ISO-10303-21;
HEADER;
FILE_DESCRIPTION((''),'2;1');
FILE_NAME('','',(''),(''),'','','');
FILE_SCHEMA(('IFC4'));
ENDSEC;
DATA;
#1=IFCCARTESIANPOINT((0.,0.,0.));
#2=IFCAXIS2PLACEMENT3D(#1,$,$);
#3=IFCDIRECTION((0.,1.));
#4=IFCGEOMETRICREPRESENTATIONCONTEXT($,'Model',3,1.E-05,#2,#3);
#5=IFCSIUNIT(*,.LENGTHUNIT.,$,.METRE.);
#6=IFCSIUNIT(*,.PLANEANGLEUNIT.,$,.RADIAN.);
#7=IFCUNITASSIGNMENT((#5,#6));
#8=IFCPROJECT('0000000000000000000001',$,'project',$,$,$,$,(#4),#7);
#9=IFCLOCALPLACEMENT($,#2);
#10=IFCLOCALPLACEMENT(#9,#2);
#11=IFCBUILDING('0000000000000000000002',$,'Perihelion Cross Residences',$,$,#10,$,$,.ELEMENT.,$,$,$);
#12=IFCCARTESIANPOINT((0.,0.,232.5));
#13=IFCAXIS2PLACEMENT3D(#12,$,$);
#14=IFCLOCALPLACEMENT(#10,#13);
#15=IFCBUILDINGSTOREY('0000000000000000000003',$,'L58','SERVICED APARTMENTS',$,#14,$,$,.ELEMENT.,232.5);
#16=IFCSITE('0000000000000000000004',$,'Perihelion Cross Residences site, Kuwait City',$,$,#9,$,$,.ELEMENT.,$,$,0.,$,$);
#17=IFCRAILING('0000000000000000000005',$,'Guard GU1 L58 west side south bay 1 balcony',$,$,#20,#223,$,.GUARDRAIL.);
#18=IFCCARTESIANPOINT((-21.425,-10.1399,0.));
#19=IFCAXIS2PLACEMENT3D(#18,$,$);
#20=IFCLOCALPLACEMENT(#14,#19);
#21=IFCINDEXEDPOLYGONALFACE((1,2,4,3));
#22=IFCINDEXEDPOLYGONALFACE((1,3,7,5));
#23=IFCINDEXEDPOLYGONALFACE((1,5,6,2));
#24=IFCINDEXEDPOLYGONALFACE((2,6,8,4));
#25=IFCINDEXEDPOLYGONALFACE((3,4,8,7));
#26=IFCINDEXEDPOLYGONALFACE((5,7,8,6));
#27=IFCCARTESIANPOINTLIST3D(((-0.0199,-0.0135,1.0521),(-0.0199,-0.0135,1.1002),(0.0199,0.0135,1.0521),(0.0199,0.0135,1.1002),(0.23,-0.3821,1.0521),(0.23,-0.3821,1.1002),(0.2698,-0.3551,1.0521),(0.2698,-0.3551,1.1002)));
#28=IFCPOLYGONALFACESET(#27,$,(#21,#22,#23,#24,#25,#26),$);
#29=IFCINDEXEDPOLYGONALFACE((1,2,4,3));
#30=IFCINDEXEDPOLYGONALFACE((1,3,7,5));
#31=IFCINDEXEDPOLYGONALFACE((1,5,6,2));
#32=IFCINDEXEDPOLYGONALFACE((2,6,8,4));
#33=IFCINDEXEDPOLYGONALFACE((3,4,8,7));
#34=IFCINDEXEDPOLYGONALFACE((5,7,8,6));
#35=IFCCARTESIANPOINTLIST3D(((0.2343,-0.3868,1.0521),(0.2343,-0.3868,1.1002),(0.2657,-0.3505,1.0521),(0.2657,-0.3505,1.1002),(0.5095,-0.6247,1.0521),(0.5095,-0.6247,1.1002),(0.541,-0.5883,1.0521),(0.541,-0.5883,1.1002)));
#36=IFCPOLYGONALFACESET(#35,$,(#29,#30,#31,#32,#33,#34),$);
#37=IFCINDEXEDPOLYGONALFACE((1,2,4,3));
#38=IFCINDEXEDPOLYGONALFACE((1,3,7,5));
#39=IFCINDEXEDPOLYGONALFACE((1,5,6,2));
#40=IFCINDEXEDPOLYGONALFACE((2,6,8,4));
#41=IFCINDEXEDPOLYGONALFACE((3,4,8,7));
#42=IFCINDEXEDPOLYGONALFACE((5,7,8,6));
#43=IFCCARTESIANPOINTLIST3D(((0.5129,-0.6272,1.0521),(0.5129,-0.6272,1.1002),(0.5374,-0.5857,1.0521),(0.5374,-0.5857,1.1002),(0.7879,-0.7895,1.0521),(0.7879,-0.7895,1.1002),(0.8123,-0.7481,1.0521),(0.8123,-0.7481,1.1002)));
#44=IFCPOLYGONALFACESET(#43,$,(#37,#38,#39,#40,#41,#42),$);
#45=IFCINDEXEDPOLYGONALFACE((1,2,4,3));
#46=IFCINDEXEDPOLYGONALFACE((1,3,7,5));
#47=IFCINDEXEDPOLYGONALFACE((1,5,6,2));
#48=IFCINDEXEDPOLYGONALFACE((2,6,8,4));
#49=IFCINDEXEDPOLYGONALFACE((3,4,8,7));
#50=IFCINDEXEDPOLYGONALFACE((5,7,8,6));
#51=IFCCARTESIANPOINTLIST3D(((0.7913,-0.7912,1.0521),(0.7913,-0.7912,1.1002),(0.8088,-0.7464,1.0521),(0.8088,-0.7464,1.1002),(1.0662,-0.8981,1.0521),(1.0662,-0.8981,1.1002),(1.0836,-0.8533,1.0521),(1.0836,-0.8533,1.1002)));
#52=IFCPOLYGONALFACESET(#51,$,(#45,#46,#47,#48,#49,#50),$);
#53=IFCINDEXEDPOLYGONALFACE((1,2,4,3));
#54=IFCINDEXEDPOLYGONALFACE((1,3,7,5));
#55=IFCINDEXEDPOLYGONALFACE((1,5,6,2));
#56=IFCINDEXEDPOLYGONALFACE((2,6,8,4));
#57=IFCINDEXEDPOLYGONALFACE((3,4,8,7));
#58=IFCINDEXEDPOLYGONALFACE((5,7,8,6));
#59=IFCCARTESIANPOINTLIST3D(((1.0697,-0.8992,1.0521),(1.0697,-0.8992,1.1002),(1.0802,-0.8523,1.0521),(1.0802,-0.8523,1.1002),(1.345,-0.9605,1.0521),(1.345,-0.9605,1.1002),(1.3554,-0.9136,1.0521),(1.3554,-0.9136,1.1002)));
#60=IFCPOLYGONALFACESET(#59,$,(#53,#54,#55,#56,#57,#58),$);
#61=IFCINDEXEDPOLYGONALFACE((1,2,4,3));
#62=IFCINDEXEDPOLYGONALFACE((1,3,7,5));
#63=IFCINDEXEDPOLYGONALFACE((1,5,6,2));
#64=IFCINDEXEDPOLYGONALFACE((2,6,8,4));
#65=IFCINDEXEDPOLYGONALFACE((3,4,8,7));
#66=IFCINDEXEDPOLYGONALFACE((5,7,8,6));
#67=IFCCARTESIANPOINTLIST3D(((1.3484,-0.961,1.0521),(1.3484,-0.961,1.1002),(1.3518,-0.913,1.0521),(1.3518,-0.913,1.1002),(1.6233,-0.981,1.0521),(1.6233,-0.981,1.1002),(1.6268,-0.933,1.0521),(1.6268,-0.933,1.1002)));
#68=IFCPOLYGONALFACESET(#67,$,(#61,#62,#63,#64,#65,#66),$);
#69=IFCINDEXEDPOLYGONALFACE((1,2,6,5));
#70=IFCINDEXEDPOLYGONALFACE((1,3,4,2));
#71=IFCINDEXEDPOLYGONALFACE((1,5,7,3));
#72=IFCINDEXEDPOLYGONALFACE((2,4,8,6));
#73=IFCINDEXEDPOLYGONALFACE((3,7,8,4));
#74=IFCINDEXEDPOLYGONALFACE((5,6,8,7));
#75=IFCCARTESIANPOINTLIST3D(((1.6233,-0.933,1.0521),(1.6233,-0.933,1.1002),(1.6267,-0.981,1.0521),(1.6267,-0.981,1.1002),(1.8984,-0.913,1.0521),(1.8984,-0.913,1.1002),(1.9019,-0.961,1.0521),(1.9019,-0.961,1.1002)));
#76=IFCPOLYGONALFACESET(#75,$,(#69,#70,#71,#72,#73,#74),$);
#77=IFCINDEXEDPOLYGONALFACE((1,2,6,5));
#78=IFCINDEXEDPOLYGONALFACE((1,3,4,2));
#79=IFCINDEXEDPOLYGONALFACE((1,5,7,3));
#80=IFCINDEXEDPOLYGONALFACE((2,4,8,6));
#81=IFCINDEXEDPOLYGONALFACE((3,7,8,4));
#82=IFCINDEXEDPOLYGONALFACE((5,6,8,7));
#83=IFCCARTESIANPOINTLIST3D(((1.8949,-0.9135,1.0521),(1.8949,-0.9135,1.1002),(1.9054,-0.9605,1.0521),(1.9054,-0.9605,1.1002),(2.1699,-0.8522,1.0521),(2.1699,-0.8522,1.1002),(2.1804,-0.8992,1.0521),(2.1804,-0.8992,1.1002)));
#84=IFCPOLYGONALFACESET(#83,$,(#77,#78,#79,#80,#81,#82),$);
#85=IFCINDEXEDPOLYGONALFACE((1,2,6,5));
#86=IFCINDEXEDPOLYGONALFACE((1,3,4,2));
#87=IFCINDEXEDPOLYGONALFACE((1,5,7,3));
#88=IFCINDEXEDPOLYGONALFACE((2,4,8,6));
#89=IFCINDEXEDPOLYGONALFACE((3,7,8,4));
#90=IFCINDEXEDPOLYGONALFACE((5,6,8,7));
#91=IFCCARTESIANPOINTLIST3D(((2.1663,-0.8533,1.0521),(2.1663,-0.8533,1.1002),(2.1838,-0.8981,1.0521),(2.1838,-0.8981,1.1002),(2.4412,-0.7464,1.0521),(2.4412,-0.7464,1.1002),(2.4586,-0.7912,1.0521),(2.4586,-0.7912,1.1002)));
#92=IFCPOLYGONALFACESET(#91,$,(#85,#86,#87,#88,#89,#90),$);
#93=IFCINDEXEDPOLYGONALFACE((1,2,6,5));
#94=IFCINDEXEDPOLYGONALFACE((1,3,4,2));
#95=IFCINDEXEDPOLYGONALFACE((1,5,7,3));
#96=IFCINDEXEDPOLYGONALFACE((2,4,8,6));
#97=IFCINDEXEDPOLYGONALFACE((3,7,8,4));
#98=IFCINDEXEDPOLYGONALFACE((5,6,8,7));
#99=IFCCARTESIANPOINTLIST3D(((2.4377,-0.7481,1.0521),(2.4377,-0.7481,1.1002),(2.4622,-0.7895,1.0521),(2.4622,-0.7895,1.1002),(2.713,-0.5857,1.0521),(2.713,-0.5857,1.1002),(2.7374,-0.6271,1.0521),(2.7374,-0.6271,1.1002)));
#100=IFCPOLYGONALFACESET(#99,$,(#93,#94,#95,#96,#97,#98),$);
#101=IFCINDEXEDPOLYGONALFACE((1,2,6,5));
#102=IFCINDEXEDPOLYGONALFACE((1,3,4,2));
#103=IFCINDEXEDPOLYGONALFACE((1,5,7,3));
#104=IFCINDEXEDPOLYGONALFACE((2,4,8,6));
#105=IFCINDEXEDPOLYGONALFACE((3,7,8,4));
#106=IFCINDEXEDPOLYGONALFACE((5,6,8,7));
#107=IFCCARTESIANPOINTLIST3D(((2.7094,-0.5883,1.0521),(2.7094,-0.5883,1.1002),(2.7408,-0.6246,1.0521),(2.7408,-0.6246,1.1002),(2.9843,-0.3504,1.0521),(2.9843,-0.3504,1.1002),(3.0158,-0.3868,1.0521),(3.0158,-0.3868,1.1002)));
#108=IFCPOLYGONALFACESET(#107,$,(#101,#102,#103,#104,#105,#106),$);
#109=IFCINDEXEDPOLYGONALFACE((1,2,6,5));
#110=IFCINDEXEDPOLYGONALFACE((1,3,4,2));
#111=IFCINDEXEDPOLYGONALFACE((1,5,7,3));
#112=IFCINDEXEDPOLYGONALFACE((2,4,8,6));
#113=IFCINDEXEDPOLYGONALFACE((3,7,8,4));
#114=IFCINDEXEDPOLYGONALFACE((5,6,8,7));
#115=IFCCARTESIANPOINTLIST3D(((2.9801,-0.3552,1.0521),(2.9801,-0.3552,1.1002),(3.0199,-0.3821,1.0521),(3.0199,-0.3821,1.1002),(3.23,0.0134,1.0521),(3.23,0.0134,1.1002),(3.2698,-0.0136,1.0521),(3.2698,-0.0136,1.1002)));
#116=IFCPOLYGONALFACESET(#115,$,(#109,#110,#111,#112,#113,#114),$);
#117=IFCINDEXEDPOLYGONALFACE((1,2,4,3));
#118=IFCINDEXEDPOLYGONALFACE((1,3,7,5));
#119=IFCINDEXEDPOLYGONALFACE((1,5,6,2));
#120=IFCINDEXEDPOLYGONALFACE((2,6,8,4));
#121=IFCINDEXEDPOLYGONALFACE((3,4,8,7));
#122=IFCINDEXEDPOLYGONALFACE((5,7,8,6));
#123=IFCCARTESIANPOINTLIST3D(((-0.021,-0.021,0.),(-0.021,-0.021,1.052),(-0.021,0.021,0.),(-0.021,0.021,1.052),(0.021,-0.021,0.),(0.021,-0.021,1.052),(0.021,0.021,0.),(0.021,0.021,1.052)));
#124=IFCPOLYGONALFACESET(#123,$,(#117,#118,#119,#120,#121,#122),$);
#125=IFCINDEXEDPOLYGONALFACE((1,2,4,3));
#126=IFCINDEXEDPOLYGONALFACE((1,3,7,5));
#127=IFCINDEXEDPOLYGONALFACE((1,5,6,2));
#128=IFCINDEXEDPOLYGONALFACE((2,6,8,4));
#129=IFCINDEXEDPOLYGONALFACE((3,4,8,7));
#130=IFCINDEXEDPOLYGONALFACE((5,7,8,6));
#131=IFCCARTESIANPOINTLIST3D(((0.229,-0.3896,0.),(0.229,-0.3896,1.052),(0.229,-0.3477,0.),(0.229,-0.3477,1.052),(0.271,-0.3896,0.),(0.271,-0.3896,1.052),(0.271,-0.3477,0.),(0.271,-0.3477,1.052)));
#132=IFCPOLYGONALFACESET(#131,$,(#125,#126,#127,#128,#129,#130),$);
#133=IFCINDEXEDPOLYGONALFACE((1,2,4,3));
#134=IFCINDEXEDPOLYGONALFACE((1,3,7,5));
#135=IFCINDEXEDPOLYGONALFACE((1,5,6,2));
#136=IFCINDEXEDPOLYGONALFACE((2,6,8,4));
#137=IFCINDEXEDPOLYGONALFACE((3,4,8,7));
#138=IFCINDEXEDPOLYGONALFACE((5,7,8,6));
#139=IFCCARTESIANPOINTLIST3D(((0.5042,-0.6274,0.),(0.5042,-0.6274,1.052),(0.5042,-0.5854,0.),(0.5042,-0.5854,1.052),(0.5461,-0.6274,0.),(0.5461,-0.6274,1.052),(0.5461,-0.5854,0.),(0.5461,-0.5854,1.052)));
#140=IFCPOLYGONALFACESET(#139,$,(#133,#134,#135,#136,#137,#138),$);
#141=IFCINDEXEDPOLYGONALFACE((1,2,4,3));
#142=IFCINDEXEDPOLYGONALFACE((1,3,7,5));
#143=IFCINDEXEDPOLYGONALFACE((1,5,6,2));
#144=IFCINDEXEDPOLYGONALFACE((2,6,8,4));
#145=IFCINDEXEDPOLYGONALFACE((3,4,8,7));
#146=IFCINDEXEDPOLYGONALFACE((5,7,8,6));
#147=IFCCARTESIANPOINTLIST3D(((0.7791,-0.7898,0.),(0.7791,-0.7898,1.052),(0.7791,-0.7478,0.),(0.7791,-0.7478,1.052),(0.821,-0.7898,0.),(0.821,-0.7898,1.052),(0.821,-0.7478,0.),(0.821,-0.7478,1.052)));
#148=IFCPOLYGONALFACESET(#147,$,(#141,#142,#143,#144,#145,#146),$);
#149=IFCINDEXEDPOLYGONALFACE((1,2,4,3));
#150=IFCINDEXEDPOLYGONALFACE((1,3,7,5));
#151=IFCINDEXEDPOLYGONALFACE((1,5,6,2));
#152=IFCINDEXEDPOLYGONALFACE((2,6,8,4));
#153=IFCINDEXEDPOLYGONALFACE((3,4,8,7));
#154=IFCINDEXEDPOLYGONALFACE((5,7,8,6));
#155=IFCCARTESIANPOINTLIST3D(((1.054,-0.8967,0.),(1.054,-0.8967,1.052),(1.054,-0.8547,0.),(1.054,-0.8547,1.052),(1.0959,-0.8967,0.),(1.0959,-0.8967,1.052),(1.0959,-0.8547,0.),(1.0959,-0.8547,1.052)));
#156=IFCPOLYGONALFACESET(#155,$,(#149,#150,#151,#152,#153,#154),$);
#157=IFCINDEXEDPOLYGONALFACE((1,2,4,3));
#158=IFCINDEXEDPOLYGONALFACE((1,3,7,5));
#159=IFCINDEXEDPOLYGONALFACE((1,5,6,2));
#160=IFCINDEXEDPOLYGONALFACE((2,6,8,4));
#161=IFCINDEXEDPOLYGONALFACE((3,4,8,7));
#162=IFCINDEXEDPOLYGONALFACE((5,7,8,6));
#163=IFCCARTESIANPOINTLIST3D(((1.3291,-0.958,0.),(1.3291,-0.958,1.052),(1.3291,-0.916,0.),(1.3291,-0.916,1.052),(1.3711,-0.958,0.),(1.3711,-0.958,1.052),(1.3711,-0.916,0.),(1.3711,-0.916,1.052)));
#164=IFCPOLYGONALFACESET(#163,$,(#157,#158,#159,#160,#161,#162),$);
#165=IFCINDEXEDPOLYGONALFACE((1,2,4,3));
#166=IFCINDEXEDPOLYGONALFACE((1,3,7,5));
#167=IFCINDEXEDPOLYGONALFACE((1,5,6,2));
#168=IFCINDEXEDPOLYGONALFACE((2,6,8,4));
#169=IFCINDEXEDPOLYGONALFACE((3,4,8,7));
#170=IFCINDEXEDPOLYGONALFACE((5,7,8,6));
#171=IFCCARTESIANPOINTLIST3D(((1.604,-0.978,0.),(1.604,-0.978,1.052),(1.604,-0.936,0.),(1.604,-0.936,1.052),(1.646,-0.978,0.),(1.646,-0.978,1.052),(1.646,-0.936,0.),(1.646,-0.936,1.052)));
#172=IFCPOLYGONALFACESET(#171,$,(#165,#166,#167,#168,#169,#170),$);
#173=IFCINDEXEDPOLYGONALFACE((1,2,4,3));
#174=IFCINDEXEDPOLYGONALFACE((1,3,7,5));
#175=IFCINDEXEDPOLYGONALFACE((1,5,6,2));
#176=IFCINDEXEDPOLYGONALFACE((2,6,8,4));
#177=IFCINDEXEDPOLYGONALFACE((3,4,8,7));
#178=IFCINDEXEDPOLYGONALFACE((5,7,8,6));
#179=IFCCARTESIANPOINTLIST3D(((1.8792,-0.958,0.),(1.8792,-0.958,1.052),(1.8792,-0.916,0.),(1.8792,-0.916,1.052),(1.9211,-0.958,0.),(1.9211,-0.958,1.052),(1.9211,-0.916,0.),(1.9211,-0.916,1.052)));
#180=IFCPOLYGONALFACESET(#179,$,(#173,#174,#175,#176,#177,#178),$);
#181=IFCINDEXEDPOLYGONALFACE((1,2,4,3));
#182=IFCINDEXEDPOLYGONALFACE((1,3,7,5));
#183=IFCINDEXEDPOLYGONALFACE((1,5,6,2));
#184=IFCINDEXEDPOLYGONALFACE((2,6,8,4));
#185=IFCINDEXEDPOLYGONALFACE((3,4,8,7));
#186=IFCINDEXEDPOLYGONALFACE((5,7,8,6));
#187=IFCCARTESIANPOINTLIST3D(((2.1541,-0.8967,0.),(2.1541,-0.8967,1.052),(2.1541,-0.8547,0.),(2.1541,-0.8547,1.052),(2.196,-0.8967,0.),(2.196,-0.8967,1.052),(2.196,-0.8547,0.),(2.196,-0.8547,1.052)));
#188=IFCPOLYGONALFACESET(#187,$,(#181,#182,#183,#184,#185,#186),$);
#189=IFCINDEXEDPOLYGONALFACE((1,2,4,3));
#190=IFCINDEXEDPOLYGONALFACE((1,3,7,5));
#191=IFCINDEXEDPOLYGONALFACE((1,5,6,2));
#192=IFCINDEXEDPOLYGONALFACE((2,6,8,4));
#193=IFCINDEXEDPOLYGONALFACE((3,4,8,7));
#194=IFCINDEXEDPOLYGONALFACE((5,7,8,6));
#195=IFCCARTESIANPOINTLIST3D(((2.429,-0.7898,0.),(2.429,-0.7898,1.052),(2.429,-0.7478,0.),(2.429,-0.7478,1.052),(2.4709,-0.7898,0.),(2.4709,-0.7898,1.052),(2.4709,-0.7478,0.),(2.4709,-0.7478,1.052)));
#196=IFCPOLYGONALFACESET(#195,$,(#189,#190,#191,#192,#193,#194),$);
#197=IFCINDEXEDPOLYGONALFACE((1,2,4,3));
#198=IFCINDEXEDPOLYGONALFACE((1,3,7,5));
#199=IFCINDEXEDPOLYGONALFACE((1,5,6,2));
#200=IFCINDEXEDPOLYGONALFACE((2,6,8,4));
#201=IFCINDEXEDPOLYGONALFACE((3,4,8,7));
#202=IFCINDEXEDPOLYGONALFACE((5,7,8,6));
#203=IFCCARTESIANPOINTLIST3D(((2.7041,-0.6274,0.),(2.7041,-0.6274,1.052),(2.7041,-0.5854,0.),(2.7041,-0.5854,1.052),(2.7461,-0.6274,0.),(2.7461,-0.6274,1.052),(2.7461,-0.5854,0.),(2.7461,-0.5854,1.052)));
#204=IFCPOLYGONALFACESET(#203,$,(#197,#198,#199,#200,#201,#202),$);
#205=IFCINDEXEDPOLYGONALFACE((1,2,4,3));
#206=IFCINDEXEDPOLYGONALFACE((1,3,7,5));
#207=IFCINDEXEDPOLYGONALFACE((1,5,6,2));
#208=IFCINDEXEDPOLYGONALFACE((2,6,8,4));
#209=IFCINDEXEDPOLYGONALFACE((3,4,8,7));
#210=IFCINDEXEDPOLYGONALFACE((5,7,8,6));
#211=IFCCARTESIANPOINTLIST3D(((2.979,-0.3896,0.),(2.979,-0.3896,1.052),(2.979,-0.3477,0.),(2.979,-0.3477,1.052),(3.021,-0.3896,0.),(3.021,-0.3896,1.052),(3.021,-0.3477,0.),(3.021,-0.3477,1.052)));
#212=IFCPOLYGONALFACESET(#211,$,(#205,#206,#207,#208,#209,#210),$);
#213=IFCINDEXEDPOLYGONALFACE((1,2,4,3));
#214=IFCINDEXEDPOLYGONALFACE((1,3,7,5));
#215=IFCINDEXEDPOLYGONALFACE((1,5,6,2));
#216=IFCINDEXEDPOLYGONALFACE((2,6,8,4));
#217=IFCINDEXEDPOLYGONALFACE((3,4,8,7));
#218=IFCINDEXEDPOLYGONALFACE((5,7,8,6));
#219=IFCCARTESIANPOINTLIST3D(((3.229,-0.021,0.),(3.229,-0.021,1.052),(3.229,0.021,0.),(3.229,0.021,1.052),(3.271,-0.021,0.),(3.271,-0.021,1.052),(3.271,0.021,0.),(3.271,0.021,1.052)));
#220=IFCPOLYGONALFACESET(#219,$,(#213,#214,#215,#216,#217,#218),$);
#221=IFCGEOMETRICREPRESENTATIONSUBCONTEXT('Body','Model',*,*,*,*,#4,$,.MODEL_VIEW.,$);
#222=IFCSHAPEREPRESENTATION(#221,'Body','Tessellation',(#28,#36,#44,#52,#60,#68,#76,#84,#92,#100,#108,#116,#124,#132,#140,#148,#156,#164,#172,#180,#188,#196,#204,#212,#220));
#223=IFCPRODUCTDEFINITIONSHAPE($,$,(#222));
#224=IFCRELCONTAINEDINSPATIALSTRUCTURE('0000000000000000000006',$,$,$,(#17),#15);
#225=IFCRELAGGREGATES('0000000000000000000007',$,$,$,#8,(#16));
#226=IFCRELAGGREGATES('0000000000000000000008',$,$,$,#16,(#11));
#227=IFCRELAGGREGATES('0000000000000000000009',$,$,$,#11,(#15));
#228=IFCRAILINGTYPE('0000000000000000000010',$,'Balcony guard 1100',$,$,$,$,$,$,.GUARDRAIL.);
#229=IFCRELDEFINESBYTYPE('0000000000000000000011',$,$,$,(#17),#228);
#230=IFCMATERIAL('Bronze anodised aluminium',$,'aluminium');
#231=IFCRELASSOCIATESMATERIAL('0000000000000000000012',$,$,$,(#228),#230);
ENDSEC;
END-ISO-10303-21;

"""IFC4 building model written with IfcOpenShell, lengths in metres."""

from ifc_helpers import new_model, si_unit, direction, frame, origin, origin_2d, place, context, subcontext, project, spatial, rectangle, extrude, material, type_object, element, save


model = new_model("IFC4")

# Units and contexts
model_context = context("Model", 3, precision=1e-05, world=origin(), true_north=direction((0.0, 1.0)))
body_context = subcontext(model_context, "Body", "Model", "MODEL_VIEW")
ifc_project = project(units=[si_unit("LENGTHUNIT", "METRE"), si_unit("PLANEANGLEUNIT", "RADIAN")], contexts=[model_context])

# Site, building, storey
site_placement = place(None, origin())
site = spatial("IfcSite", under=ifc_project, at=site_placement, Name="Perihelion Cross Residences site, Kuwait City", CompositionType="ELEMENT", RefElevation=0.0)
building_placement = place(site_placement, origin())
building = spatial("IfcBuilding", under=site, at=building_placement, Name="Perihelion Cross Residences", CompositionType="ELEMENT")
storey_placement = place(building_placement, frame((0.0, 0.0, 232.5)))
storey = spatial("IfcBuildingStorey", under=building, at=storey_placement, Name="L58", Description="SERVICED APARTMENTS", CompositionType="ELEMENT", Elevation=232.5)

# Railing
ifc_material_1 = material(Name="Bronze anodised aluminium", Category="aluminium")
railing_type_1 = type_object("IfcRailingType", Name="Balcony guard 1100", PredefinedType="GUARDRAIL", material=ifc_material_1)
railing_1_placement = place(storey_placement, frame((-21.425, -10.1399, 0.0)))
element("IfcRailing", 1, at=railing_1_placement, inside=storey, type_object=railing_type_1, Name="Guard GU1 L58 west side south bay 1 balcony", PredefinedType="GUARDRAIL", context=body_context, shape_type="SweptSolid", body=[
    extrude(rectangle(XDim=0.0481, YDim=0.0481, at=origin_2d()), frame((0.0, 0.0, 1.0762), z_axis=(0.56126, -0.827639, 0.0), x_axis=(0.827639, 0.56126, 0.0)), (0.0, 0.0, 1.0), 0.4453),
    extrude(rectangle(XDim=0.0481, YDim=0.0481, at=origin_2d()), frame((0.25, -0.3687, 1.0762), z_axis=(0.756597, -0.653882, 0.0), x_axis=(0.653882, 0.756597, 0.0)), (0.0, 0.0, 1.0), 0.3638),
    extrude(rectangle(XDim=0.0481, YDim=0.0481, at=origin_2d()), frame((0.5251, -0.6064, 1.0762), z_axis=(0.861048, -0.508523, 0.0), x_axis=(0.508523, 0.861048, 0.0)), (0.0, 0.0, 1.0), 0.3193),
    extrude(rectangle(XDim=0.0481, YDim=0.0481, at=origin_2d()), frame((0.8, -0.7688, 1.0762), z_axis=(0.931974, -0.362526, 0.0), x_axis=(0.362526, 0.931974, 0.0)), (0.0, 0.0, 1.0), 0.2949),
    extrude(rectangle(XDim=0.0481, YDim=0.0481, at=origin_2d()), frame((1.075, -0.8757, 1.0762), z_axis=(0.976085, -0.217389, 0.0), x_axis=(0.217389, 0.976085, 0.0)), (0.0, 0.0, 1.0), 0.282),
    extrude(rectangle(XDim=0.0481, YDim=0.0481, at=origin_2d()), frame((1.3501, -0.937, 1.0762), z_axis=(0.997359, -0.072632, 0.0), x_axis=(0.072632, 0.997359, 0.0)), (0.0, 0.0, 1.0), 0.2756),
    extrude(rectangle(XDim=0.0481, YDim=0.0481, at=origin_2d()), frame((1.625, -0.957, 1.0762), z_axis=(0.997363, 0.072568, 0.0), x_axis=(-0.072568, 0.997363, 0.0)), (0.0, 0.0, 1.0), 0.2759),
    extrude(rectangle(XDim=0.0481, YDim=0.0481, at=origin_2d()), frame((1.9001, -0.937, 1.0762), z_axis=(0.976044, 0.217573, 0.0), x_axis=(-0.217573, 0.976044, 0.0)), (0.0, 0.0, 1.0), 0.2817),
    extrude(rectangle(XDim=0.0481, YDim=0.0481, at=origin_2d()), frame((2.175, -0.8757, 1.0762), z_axis=(0.931974, 0.362526, 0.0), x_axis=(-0.362526, 0.931974, 0.0)), (0.0, 0.0, 1.0), 0.2949),
    extrude(rectangle(XDim=0.0481, YDim=0.0481, at=origin_2d()), frame((2.45, -0.7688, 1.0762), z_axis=(0.861246, 0.508189, 0.0), x_axis=(-0.508189, 0.861246, 0.0)), (0.0, 0.0, 1.0), 0.3196),
    extrude(rectangle(XDim=0.0481, YDim=0.0481, at=origin_2d()), frame((2.7251, -0.6064, 1.0762), z_axis=(0.756309, 0.654214, 0.0), x_axis=(-0.654214, 0.756309, 0.0)), (0.0, 0.0, 1.0), 0.3635),
    extrude(rectangle(XDim=0.0481, YDim=0.0481, at=origin_2d()), frame((3.0, -0.3687, 1.0762), z_axis=(0.56126, 0.827639, 0.0), x_axis=(-0.827639, 0.56126, 0.0)), (0.0, 0.0, 1.0), 0.4453),
    extrude(rectangle(XDim=0.042, YDim=0.042, at=origin_2d()), origin(), (0.0, 0.0, 1.0), 1.052),
    extrude(rectangle(XDim=0.042, YDim=0.042, at=origin_2d()), frame((0.25, -0.3687, 0.0)), (0.0, 0.0, 1.0), 1.052),
    extrude(rectangle(XDim=0.042, YDim=0.042, at=origin_2d()), frame((0.5251, -0.6064, 0.0)), (0.0, 0.0, 1.0), 1.052),
    extrude(rectangle(XDim=0.042, YDim=0.042, at=origin_2d()), frame((0.8, -0.7688, 0.0)), (0.0, 0.0, 1.0), 1.052),
    extrude(rectangle(XDim=0.042, YDim=0.042, at=origin_2d()), frame((1.075, -0.8757, 0.0)), (0.0, 0.0, 1.0), 1.052),
    extrude(rectangle(XDim=0.042, YDim=0.042, at=origin_2d()), frame((1.3501, -0.937, 0.0)), (0.0, 0.0, 1.0), 1.052),
    extrude(rectangle(XDim=0.042, YDim=0.042, at=origin_2d()), frame((1.625, -0.957, 0.0)), (0.0, 0.0, 1.0), 1.052),
    extrude(rectangle(XDim=0.042, YDim=0.042, at=origin_2d()), frame((1.9001, -0.937, 0.0)), (0.0, 0.0, 1.0), 1.052),
    extrude(rectangle(XDim=0.042, YDim=0.042, at=origin_2d()), frame((2.175, -0.8757, 0.0)), (0.0, 0.0, 1.0), 1.052),
    extrude(rectangle(XDim=0.042, YDim=0.042, at=origin_2d()), frame((2.45, -0.7688, 0.0)), (0.0, 0.0, 1.0), 1.052),
    extrude(rectangle(XDim=0.042, YDim=0.042, at=origin_2d()), frame((2.7251, -0.6064, 0.0)), (0.0, 0.0, 1.0), 1.052),
    extrude(rectangle(XDim=0.042, YDim=0.042, at=origin_2d()), frame((3.0, -0.3687, 0.0)), (0.0, 0.0, 1.0), 1.052),
    extrude(rectangle(XDim=0.042, YDim=0.042, at=origin_2d()), frame((3.25, 0.0, 0.0)), (0.0, 0.0, 1.0), 1.052),
])

save(model, "model.ifc")
